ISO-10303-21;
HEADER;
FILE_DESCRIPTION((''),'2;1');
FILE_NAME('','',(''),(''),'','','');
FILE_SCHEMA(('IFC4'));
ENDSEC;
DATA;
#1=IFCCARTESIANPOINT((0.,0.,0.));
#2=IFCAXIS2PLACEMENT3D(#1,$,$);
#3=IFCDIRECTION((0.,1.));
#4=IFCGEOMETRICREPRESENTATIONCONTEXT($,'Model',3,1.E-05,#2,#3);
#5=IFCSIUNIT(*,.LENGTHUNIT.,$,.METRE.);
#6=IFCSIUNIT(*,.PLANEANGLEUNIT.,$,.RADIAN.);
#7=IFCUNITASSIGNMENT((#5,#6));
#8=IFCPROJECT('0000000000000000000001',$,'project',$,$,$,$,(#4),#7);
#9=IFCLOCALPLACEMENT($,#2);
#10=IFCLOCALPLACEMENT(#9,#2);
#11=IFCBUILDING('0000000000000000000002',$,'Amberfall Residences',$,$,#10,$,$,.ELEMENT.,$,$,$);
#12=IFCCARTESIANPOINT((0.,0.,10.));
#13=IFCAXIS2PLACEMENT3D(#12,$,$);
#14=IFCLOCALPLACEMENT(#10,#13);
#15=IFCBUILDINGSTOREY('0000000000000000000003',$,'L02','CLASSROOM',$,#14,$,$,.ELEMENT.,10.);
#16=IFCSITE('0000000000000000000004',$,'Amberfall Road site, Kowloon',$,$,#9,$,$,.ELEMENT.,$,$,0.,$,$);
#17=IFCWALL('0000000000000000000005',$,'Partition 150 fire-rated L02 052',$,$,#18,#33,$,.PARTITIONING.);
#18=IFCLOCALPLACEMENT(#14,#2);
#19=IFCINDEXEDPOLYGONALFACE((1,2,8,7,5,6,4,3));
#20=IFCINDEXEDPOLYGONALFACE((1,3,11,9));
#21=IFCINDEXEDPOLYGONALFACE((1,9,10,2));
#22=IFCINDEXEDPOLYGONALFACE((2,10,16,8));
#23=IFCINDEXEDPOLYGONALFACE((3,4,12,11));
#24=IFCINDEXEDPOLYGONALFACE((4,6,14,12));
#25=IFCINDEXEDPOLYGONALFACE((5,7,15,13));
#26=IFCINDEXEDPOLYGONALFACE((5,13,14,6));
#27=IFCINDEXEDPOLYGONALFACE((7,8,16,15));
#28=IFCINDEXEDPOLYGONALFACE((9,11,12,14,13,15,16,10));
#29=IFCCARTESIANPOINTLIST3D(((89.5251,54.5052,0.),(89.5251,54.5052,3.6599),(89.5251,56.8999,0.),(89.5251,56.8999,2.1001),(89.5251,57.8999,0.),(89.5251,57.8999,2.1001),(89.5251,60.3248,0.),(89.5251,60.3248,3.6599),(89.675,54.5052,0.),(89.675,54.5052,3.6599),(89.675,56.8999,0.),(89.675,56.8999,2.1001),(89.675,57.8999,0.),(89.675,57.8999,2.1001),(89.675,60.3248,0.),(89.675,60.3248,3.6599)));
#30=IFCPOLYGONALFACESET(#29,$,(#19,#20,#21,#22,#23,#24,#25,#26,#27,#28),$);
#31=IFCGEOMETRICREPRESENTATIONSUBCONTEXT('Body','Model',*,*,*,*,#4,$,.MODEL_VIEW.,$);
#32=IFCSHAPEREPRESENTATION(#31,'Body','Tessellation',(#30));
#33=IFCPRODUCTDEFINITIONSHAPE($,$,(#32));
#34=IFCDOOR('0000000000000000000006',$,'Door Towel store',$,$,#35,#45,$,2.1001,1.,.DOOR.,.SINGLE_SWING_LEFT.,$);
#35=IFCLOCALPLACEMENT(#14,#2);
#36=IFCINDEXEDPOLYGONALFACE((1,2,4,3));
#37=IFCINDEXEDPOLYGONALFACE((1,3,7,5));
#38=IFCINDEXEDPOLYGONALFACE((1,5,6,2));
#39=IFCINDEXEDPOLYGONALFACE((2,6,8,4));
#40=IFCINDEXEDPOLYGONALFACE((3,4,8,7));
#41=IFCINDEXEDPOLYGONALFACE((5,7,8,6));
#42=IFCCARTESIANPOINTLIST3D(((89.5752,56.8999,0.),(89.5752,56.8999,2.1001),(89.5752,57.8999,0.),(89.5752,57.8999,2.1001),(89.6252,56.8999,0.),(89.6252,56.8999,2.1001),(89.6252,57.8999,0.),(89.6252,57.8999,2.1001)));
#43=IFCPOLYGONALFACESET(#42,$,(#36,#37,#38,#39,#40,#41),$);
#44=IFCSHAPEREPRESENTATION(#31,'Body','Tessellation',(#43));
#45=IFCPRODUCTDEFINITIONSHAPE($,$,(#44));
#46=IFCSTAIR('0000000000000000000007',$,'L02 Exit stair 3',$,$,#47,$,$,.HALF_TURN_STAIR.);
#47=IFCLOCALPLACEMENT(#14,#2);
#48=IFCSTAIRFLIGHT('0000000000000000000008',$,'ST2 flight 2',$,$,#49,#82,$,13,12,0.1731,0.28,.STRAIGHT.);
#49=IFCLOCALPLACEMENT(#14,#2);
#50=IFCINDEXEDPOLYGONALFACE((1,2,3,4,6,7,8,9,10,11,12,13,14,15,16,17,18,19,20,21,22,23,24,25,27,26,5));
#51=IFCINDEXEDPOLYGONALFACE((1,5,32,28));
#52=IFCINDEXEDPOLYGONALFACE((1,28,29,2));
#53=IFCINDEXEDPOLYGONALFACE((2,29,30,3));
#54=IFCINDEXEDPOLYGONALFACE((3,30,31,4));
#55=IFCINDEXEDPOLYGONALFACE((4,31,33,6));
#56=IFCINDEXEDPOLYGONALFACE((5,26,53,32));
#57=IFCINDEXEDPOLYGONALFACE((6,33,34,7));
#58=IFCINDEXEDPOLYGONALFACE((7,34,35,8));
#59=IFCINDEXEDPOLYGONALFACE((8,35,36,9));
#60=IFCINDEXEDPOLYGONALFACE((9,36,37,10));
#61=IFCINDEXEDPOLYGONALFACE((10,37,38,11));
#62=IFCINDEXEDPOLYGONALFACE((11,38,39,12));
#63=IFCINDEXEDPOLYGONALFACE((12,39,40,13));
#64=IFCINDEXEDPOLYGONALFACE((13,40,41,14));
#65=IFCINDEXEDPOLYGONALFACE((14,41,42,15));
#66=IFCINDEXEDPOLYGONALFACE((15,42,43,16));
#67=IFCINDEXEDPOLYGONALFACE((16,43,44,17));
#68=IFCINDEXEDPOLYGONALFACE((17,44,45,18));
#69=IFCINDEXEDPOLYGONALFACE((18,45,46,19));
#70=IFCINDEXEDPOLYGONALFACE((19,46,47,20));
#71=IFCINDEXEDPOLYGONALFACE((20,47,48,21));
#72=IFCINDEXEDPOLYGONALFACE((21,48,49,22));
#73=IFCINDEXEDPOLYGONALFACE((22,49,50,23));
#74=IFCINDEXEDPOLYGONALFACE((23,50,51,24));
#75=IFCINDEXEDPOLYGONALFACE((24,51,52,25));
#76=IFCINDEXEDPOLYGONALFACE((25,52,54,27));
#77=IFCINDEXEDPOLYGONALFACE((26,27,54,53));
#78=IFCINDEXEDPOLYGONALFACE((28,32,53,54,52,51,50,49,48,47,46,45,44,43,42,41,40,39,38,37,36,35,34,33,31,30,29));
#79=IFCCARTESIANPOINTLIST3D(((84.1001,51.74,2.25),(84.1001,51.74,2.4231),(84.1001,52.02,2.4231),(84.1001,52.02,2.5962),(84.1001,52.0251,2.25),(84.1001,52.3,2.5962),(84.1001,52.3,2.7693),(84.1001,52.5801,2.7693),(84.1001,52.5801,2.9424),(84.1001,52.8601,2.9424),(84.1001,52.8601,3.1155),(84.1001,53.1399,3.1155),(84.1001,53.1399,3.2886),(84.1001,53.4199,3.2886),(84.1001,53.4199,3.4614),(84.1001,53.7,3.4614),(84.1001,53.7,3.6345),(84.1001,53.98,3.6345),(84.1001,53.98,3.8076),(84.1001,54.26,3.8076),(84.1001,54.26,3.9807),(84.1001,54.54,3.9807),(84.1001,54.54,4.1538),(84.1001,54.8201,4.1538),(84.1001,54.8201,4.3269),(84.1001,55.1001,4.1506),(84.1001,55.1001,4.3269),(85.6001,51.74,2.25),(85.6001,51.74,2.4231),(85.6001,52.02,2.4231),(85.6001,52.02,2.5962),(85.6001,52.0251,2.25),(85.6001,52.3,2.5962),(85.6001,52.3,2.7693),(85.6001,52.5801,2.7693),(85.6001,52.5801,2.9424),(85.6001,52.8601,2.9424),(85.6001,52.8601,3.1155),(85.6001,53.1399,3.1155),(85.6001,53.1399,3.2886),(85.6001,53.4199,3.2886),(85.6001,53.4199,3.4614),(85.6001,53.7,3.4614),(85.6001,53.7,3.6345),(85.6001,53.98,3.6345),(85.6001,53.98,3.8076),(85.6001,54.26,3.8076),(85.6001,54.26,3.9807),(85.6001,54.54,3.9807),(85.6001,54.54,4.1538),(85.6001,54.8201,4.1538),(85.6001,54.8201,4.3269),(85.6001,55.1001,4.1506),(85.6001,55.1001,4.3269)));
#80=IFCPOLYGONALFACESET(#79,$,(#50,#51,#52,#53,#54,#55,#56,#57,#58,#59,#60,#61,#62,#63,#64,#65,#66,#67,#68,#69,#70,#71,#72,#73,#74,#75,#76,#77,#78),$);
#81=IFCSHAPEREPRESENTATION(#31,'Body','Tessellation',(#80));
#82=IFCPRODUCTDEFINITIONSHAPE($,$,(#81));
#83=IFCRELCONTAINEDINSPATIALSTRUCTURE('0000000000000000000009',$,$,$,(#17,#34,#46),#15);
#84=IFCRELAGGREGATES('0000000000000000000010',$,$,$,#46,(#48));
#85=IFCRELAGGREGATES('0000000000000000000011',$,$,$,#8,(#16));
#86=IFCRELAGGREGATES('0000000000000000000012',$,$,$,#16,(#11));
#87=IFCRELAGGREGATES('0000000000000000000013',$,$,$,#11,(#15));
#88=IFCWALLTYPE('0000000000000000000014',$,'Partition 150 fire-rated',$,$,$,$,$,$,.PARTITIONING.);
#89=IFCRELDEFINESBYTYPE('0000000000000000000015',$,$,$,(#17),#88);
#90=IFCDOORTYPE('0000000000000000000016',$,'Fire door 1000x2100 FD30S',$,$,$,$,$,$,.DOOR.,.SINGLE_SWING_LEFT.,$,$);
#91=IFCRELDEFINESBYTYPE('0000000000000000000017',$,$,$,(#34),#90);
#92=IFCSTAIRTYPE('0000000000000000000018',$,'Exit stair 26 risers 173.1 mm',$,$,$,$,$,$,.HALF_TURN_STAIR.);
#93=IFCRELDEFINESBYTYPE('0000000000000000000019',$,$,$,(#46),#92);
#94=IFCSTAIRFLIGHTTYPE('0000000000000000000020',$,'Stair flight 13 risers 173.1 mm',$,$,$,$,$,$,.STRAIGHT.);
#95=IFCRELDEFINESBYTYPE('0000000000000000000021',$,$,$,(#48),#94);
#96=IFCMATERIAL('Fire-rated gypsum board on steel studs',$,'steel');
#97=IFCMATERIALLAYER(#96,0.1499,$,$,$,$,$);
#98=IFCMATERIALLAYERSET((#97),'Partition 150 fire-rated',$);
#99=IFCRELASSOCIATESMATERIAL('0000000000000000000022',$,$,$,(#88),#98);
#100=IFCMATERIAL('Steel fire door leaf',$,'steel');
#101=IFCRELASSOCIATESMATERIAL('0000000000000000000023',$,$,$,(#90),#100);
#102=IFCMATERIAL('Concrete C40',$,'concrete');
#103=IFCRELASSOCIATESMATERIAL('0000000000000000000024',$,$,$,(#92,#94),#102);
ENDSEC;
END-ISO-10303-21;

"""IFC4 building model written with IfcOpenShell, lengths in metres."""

from ifc_helpers import new_model, si_unit, direction, frame, frame_2d, origin, place, context, subcontext, project, spatial, polyline, rectangle, outline, extrude, material, layer, layer_set, type_object, element, fill, aggregate, save


model = new_model("IFC4")

# Units and contexts
model_context = context("Model", 3, precision=1e-05, world=origin(), true_north=direction((0.0, 1.0)))
body_context = subcontext(model_context, "Body", "Model", "MODEL_VIEW")
ifc_project = project(units=[si_unit("LENGTHUNIT", "METRE"), si_unit("PLANEANGLEUNIT", "RADIAN")], contexts=[model_context])

# Site, building, storey
site_placement = place(None, origin())
site = spatial("IfcSite", under=ifc_project, at=site_placement, Name="Amberfall Road site, Kowloon", CompositionType="ELEMENT", RefElevation=0.0)
building_placement = place(site_placement, origin())
building = spatial("IfcBuilding", under=site, at=building_placement, Name="Amberfall Residences", CompositionType="ELEMENT")
storey_placement = place(building_placement, frame((0.0, 0.0, 10.0)))
storey = spatial("IfcBuildingStorey", under=building, at=storey_placement, Name="L02", Description="CLASSROOM", CompositionType="ELEMENT", Elevation=10.0)

# Shared definitions
ifc_material_1 = material(Name="Fire-rated gypsum board on steel studs", Category="steel")
ifc_layer_1 = layer(ifc_material_1, 0.1499)
ifc_layer_set_1 = layer_set([ifc_layer_1], Name="Partition 150 fire-rated")
wall_type_1 = type_object("IfcWallType", Name="Partition 150 fire-rated", PredefinedType="PARTITIONING", material=ifc_layer_set_1)
ifc_material_2 = material(Name="Steel fire door leaf", Category="steel")
door_type = type_object("IfcDoorType", Name="Fire door 1000x2100 FD30S", OperationType="SINGLE_SWING_LEFT", PredefinedType="DOOR", material=ifc_material_2)

# Wall, opening, door
wall_1_placement = place(storey_placement, frame((89.6001, 54.5054, 0.0), z_axis=(0.0, 0.0, 1.0), x_axis=(0.0, 1.0, 0.0)))
wall_1 = element("IfcWall", 1, at=wall_1_placement, inside=storey, type_object=wall_type_1, Name="Partition 150 fire-rated L02 052", PredefinedType="PARTITIONING", context=body_context, shape_type="SweptSolid", body=[
    extrude(rectangle(XDim=5.8196, YDim=0.1499, at=frame_2d((2.9097, 0.0))), origin(), (0.0, 0.0, 1.0), 3.6599),
])
opening_1_placement = place(wall_1_placement, frame((2.3945, 0.0, 0.0)))
opening_1 = element("IfcOpeningElement", 2, at=opening_1_placement, cuts=wall_1, PredefinedType="OPENING", context=body_context, shape_type="SweptSolid", body=[
    extrude(rectangle(XDim=1.0, YDim=2.1001, at=frame_2d((0.5, 1.05))), frame((0.0, 0.085, 0.0), z_axis=(0.0, -1.0, 0.0), x_axis=(1.0, 0.0, 0.0)), (0.0, 0.0, 1.0), 0.1699),
])
door_1_placement = place(opening_1_placement, origin())
door_1 = element("IfcDoor", 3, at=door_1_placement, inside=storey, type_object=door_type, Name="Door Towel store", OperationType="SINGLE_SWING_LEFT", OverallHeight=2.1001, OverallWidth=1.0, PredefinedType="DOOR", context=body_context, shape_type="SweptSolid", body=[
    extrude(rectangle(XDim=1.0, YDim=2.1001, at=frame_2d((0.5, 1.05))), frame((0.0, 0.0249, 0.0), z_axis=(0.0, -1.0, 0.0), x_axis=(1.0, 0.0, 0.0)), (0.0, 0.0, 1.0), 0.05),
])
fill(opening_1, door_1)

# Stair, stair flight
ifc_material_3 = material(Name="Concrete C40", Category="concrete")
stair_type = type_object("IfcStairType", Name="Exit stair 26 risers 173.1 mm", PredefinedType="HALF_TURN_STAIR", material=ifc_material_3)
stair_placement = place(storey_placement, origin())
stair = element("IfcStair", 4, at=stair_placement, inside=storey, type_object=stair_type, Name="L02 Exit stair 3", PredefinedType="HALF_TURN_STAIR")
stair_flight_type = type_object("IfcStairFlightType", Name="Stair flight 13 risers 173.1 mm", PredefinedType="STRAIGHT", material=ifc_material_3)
stair_flight_placement = place(storey_placement, frame((84.8501, 51.74, 2.25), z_axis=(0.0, 0.0, 1.0), x_axis=(0.0, 1.0, 0.0)))
stair_flight = element("IfcStairFlight", 5, at=stair_flight_placement, type_object=stair_flight_type, Name="ST2 flight 2", NumberOfRisers=13, NumberOfTreads=12, PredefinedType="STRAIGHT", RiserHeight=0.1731, TreadLength=0.28, context=body_context, shape_type="SweptSolid", body=[
    extrude(outline(polyline([(0.0, 0.0), (0.0, 0.1731), (0.28, 0.1731), (0.28, 0.3462), (0.5601, 0.3462), (0.5601, 0.5193), (0.8401, 0.5193), (0.8401, 0.6924), (1.1201, 0.6924), (1.1201, 0.8655), (1.3999, 0.8655), (1.3999, 1.0386), (1.6799, 1.0386), (1.6799, 1.2114), (1.96, 1.2114), (1.96, 1.3845), (2.24, 1.3845), (2.24, 1.5576), (2.52, 1.5576), (2.52, 1.7307), (2.8, 1.7307), (2.8, 1.9038), (3.0801, 1.9038), (3.0801, 2.0769), (3.3601, 2.0769), (3.3601, 2.25), (3.3601, 1.9006), (0.2852, 0.0), (0.0, 0.0)])), frame((0.0, 0.75, 0.0), z_axis=(0.0, -1.0, 0.0), x_axis=(1.0, 0.0, 0.0)), (0.0, 0.0, 1.0), 1.5),
])
aggregate(stair, [stair_flight])

save(model, "model.ifc")
